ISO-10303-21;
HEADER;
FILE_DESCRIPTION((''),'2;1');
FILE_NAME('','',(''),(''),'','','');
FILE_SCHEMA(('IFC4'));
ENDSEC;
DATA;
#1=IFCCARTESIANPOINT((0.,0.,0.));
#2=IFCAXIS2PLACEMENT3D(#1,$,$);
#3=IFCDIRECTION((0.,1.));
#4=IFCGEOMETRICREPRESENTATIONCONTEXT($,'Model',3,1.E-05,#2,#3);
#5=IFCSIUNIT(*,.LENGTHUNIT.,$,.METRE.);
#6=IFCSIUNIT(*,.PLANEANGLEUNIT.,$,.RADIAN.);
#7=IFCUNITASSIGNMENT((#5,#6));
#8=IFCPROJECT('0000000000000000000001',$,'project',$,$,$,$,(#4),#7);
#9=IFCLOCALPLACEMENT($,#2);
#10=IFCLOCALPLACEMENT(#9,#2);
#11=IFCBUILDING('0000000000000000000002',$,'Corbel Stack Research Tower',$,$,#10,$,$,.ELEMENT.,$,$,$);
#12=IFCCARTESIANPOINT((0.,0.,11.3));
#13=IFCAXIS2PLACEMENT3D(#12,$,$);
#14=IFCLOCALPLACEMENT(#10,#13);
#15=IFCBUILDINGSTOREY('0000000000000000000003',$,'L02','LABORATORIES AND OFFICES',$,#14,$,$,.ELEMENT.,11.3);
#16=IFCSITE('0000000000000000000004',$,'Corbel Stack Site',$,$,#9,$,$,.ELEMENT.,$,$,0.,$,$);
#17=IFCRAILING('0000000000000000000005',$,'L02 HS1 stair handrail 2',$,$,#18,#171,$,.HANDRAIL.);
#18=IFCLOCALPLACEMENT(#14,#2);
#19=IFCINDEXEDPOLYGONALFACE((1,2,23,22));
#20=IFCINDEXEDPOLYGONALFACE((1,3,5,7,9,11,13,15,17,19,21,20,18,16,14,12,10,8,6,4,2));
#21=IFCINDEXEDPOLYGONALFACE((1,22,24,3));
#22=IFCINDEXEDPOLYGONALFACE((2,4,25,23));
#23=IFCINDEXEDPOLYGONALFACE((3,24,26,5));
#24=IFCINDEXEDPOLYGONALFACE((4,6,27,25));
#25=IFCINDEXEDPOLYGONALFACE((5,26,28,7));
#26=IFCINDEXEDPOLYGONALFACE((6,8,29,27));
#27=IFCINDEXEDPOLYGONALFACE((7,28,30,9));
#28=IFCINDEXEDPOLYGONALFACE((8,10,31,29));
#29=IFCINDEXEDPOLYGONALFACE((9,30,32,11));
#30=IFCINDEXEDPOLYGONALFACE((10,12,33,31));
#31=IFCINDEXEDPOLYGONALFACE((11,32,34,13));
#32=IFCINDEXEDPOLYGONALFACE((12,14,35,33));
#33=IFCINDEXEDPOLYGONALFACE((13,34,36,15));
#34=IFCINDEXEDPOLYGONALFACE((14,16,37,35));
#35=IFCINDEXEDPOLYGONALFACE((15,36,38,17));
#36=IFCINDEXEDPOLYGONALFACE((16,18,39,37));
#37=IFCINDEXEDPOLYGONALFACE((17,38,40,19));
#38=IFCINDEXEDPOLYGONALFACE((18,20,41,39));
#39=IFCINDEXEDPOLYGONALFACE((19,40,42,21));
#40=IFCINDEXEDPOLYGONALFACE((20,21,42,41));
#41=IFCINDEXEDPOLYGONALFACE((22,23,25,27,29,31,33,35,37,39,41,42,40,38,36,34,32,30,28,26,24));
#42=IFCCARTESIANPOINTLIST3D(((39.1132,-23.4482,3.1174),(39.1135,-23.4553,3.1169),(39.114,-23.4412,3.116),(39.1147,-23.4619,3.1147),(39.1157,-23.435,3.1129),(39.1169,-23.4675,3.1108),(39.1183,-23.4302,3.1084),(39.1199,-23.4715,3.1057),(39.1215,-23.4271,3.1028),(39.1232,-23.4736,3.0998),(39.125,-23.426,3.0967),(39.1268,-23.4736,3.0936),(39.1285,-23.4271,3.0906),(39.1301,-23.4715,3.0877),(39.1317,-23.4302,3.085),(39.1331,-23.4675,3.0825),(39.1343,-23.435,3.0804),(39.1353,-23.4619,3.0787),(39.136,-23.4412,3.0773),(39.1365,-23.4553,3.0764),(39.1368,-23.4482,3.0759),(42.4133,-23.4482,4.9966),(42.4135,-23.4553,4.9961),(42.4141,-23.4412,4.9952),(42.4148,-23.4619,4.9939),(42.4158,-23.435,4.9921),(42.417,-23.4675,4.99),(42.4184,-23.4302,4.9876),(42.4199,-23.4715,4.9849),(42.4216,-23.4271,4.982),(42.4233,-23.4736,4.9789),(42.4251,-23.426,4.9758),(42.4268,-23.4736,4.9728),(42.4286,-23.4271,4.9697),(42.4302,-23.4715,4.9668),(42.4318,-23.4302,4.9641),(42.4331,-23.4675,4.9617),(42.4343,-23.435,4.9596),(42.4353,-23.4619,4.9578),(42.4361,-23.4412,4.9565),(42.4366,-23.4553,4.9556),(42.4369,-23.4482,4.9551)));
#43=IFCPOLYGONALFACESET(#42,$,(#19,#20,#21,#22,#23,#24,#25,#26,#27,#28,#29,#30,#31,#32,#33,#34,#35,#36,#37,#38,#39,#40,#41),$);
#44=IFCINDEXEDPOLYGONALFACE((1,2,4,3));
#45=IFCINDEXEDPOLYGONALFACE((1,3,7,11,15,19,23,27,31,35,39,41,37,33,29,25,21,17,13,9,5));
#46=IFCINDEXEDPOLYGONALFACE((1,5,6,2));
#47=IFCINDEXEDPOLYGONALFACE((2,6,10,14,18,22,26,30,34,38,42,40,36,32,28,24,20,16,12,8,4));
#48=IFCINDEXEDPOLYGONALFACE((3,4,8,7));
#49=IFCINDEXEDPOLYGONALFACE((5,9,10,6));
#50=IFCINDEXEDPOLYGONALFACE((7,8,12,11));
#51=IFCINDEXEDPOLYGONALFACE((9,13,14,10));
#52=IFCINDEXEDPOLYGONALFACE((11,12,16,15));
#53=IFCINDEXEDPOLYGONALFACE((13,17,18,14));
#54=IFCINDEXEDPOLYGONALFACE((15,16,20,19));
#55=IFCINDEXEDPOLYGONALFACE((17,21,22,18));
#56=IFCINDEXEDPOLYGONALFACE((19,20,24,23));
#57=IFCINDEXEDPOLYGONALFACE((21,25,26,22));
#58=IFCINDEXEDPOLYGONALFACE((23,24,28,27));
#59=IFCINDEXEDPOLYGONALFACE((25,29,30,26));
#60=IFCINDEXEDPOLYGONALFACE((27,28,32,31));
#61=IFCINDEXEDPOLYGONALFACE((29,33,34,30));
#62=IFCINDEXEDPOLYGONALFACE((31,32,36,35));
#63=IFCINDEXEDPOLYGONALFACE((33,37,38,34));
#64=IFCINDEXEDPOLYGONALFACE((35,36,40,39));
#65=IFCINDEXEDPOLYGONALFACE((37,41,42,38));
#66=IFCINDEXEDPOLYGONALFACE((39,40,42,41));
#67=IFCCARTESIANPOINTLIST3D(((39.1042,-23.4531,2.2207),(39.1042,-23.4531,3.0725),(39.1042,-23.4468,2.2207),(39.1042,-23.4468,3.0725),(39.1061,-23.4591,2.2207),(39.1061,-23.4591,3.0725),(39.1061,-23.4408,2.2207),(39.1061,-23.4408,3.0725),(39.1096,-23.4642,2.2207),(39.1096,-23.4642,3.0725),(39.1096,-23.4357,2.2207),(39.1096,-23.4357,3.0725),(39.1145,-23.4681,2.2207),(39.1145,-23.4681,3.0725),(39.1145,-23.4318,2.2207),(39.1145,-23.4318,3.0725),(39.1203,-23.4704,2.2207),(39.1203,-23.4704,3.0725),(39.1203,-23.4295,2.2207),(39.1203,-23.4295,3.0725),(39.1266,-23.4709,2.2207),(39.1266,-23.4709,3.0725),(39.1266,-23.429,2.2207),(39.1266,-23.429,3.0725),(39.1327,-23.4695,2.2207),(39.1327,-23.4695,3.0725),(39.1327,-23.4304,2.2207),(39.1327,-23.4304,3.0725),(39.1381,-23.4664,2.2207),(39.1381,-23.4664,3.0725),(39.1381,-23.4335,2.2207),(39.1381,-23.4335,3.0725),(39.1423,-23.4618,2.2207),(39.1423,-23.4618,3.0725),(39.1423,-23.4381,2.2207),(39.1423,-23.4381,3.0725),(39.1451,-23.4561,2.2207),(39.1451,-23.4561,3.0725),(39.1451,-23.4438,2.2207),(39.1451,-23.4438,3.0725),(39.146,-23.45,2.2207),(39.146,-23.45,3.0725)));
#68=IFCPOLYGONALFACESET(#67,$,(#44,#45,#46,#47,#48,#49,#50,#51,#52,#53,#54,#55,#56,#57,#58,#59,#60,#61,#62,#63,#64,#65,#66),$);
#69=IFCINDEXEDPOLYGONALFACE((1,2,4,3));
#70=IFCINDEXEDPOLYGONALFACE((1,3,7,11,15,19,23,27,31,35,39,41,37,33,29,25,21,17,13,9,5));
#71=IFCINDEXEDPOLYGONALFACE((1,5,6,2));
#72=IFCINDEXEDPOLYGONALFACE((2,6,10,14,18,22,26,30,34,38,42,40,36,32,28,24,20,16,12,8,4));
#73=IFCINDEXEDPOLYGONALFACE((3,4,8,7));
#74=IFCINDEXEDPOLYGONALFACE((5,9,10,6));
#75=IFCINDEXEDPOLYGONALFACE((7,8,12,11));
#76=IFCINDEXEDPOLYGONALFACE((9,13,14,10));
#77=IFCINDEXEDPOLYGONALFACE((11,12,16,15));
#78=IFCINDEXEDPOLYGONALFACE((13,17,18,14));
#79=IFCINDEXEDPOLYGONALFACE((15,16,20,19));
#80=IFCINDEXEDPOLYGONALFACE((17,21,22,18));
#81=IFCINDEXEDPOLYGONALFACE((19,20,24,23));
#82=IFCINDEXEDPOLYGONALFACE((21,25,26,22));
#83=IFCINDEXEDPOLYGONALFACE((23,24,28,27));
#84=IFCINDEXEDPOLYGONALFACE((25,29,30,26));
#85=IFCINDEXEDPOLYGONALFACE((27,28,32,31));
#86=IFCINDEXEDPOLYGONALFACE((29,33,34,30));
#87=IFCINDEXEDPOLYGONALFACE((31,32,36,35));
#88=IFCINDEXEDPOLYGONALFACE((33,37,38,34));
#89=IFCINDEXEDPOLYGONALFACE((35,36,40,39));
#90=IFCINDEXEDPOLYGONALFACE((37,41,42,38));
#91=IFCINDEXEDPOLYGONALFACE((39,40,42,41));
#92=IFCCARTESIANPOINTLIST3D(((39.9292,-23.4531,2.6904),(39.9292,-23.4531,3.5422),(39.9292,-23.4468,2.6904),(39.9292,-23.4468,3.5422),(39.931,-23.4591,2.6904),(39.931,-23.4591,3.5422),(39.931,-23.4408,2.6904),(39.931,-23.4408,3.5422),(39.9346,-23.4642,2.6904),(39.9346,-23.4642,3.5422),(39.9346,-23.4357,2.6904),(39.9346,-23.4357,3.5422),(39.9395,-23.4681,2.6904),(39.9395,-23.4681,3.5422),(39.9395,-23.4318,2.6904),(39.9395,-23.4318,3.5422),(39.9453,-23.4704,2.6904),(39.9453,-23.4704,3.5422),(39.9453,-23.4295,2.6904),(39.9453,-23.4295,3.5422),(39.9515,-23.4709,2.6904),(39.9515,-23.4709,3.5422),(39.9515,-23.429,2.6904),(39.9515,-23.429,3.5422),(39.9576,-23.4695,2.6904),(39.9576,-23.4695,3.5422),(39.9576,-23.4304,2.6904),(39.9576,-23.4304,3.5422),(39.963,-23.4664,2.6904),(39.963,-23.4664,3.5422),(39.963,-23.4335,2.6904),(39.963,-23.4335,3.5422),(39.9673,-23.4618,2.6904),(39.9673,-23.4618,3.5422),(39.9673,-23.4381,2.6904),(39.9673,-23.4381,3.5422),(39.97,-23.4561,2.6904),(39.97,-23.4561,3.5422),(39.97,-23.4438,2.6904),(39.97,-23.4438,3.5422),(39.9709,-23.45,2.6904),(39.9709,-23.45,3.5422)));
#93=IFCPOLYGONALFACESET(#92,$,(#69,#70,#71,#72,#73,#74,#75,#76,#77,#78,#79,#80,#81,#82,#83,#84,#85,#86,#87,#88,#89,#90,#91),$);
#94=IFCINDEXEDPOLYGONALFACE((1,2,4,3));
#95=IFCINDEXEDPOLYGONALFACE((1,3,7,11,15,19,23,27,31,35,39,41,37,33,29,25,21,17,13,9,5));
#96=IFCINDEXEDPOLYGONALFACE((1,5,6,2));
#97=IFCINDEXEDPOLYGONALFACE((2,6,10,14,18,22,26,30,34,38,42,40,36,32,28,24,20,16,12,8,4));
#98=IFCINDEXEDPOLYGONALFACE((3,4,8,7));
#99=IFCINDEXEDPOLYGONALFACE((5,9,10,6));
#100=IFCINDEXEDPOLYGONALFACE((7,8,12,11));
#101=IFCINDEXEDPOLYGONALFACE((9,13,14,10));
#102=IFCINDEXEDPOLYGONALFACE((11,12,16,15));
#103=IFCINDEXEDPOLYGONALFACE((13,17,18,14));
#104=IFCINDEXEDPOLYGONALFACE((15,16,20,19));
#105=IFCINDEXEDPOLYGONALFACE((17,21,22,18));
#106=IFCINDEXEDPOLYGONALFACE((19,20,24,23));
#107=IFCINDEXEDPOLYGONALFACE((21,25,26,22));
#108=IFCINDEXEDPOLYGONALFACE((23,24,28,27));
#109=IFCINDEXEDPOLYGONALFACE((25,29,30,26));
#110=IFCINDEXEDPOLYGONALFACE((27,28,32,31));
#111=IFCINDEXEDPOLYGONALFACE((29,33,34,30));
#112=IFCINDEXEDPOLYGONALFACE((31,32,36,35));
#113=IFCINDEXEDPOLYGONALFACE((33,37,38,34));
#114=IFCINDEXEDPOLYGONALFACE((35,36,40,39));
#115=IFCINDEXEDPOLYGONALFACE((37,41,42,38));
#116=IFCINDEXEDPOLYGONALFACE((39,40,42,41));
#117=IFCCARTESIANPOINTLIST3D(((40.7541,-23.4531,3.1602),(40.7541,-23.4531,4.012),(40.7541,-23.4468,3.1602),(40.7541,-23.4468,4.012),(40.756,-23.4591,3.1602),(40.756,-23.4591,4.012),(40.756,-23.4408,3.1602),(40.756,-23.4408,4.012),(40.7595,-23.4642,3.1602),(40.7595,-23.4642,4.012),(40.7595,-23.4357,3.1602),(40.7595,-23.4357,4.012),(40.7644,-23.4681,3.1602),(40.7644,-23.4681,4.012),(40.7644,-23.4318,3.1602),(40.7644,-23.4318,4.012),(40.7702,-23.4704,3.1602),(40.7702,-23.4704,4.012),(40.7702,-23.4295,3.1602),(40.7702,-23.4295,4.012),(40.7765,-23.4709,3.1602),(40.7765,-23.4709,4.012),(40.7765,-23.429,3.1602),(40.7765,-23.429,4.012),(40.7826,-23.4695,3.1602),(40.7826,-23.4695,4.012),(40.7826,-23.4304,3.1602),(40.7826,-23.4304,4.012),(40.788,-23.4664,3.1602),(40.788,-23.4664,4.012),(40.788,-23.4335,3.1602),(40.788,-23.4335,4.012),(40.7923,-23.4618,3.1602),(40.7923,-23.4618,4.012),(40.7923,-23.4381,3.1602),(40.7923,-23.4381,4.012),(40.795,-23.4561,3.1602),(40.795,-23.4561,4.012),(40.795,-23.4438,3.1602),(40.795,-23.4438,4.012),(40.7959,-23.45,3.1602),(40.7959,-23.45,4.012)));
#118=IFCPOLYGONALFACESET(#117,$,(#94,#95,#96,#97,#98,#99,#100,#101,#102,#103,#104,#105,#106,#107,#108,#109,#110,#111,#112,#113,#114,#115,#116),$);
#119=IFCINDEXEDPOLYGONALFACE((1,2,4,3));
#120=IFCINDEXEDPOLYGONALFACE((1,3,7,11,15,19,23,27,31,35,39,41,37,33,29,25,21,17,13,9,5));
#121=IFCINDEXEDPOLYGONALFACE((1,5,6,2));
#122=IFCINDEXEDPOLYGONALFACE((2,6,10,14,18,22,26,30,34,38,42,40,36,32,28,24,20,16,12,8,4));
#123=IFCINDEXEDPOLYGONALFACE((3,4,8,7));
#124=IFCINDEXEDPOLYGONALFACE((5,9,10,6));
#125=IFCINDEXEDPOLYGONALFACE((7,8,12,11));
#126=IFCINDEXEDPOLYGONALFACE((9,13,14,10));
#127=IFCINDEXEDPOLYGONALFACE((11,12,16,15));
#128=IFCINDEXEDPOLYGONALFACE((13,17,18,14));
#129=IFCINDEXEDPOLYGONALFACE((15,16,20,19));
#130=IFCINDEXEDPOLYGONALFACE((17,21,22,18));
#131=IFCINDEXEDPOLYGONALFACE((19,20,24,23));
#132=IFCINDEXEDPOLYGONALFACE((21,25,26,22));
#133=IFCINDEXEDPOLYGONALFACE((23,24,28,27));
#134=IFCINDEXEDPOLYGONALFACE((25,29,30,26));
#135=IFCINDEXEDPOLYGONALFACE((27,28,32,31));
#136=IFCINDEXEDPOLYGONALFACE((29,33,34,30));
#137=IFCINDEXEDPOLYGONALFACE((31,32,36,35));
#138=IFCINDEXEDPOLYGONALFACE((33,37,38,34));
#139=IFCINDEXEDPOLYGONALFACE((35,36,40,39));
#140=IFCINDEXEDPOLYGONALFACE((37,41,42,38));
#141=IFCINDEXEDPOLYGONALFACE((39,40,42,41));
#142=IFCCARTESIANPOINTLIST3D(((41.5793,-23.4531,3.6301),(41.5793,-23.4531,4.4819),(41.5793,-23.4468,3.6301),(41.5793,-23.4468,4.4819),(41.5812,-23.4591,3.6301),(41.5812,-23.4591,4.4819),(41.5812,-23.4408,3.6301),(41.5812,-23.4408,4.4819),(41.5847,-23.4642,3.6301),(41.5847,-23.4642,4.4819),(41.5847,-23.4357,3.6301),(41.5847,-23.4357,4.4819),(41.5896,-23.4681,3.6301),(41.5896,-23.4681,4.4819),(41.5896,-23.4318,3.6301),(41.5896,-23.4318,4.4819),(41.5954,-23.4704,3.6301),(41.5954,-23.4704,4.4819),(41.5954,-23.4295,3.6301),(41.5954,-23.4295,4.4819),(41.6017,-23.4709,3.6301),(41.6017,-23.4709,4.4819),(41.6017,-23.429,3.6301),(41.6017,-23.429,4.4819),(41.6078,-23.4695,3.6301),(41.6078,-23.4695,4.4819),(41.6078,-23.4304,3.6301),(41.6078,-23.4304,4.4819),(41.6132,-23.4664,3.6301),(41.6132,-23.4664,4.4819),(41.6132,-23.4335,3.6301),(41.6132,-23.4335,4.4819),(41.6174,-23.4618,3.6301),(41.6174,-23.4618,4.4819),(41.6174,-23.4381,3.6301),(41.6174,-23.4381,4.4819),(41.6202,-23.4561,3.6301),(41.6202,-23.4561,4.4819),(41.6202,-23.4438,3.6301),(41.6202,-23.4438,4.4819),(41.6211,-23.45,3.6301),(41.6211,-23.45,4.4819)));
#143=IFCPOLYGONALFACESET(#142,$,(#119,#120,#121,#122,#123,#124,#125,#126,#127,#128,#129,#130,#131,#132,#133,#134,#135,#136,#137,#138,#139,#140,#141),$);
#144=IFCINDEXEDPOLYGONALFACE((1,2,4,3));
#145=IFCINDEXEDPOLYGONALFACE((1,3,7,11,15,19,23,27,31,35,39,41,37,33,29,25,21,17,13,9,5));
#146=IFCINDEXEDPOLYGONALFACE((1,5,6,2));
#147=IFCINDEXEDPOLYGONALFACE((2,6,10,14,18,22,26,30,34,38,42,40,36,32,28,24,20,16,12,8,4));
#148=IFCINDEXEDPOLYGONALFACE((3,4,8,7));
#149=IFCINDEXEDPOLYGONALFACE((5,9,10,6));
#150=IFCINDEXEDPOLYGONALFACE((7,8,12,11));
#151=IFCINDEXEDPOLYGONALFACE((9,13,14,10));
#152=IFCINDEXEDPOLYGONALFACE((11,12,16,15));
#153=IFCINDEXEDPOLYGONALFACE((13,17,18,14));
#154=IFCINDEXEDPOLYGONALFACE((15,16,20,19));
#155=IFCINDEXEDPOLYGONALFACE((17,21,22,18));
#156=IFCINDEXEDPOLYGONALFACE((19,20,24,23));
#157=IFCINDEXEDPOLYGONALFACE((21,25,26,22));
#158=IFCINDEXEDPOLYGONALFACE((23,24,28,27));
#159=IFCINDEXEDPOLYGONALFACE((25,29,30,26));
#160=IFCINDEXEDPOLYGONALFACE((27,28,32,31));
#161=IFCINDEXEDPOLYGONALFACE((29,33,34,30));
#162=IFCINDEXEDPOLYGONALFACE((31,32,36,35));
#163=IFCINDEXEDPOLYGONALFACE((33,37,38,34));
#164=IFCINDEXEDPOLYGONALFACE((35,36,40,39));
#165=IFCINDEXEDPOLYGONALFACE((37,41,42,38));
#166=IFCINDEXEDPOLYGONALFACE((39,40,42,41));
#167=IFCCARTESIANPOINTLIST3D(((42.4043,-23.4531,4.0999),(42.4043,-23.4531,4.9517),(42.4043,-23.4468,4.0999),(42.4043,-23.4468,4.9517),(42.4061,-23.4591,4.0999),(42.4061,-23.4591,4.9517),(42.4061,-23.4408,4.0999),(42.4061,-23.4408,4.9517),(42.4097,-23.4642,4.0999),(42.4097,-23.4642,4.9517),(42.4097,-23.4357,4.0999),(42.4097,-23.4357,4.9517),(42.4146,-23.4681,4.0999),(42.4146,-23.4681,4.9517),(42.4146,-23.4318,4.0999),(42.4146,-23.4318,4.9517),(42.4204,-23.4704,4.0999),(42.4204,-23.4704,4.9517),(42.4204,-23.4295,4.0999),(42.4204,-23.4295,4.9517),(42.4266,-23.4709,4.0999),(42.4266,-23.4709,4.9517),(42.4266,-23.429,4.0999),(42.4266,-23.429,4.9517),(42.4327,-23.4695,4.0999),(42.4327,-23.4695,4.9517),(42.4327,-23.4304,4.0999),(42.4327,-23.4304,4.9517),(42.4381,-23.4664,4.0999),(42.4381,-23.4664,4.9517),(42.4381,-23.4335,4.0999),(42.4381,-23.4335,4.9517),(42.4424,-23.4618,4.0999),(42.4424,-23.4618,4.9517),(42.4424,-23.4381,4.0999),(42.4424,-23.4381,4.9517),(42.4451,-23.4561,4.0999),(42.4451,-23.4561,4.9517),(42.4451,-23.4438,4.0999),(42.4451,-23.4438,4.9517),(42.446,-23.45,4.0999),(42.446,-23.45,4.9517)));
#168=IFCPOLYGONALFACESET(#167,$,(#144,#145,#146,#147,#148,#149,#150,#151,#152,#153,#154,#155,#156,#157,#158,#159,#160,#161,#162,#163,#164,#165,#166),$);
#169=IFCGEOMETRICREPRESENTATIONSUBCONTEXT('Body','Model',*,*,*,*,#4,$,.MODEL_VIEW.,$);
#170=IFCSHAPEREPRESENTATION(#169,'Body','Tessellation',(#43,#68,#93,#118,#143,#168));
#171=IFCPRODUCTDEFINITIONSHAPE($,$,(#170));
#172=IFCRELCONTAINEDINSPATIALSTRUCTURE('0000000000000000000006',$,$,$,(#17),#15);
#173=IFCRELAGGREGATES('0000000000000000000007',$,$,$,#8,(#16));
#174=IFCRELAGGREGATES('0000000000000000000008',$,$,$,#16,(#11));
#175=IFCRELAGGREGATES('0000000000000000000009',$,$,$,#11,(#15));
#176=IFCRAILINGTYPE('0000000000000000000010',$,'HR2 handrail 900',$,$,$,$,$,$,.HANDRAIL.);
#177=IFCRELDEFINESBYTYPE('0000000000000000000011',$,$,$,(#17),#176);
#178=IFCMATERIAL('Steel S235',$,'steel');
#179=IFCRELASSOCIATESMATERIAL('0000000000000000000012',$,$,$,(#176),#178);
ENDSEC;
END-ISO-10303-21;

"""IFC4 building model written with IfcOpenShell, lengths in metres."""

from ifc_helpers import new_model, si_unit, direction, frame, origin, origin_2d, place, context, subcontext, project, spatial, circle, extrude, material, type_object, element, save


model = new_model("IFC4")

# Units and contexts
model_context = context("Model", 3, precision=1e-05, world=origin(), true_north=direction((0.0, 1.0)))
body_context = subcontext(model_context, "Body", "Model", "MODEL_VIEW")
ifc_project = project(units=[si_unit("LENGTHUNIT", "METRE"), si_unit("PLANEANGLEUNIT", "RADIAN")], contexts=[model_context])

# Site, building, storey
site_placement = place(None, origin())
site = spatial("IfcSite", under=ifc_project, at=site_placement, Name="Corbel Stack Site", CompositionType="ELEMENT", RefElevation=0.0)
building_placement = place(site_placement, origin())
building = spatial("IfcBuilding", under=site, at=building_placement, Name="Corbel Stack Research Tower", CompositionType="ELEMENT")
storey_placement = place(building_placement, frame((0.0, 0.0, 11.3)))
storey = spatial("IfcBuildingStorey", under=building, at=storey_placement, Name="L02", Description="LABORATORIES AND OFFICES", CompositionType="ELEMENT", Elevation=11.3)

# Railing
ifc_material_1 = material(Name="Steel S235", Category="steel")
railing_type_1 = type_object("IfcRailingType", Name="HR2 handrail 900", PredefinedType="HANDRAIL", material=ifc_material_1)
railing_1_placement = place(storey_placement, frame((39.125, -23.45, 2.2207)))
element("IfcRailing", 1, at=railing_1_placement, inside=storey, type_object=railing_type_1, Name="L02 HS1 stair handrail 2", PredefinedType="HANDRAIL", context=body_context, shape_type="SweptSolid", body=[
    extrude(circle(Radius=0.0239, at=origin_2d()), frame((0.0, 0.0, 0.876), z_axis=(0.86899, 0.0, 0.49483), x_axis=(0.0, 1.0, 0.0)), (0.0, 0.0, 1.0), 3.7976),
    extrude(circle(Radius=0.021, at=origin_2d()), origin(), (0.0, 0.0, 1.0), 0.8518),
    extrude(circle(Radius=0.021, at=origin_2d()), frame((0.825, 0.0, 0.4697)), (0.0, 0.0, 1.0), 0.8518),
    extrude(circle(Radius=0.021, at=origin_2d()), frame((1.6499, 0.0, 0.9395)), (0.0, 0.0, 1.0), 0.8518),
    extrude(circle(Radius=0.021, at=origin_2d()), frame((2.4751, 0.0, 1.4094)), (0.0, 0.0, 1.0), 0.8518),
    extrude(circle(Radius=0.021, at=origin_2d()), frame((3.3, 0.0, 1.8792)), (0.0, 0.0, 1.0), 0.8518),
])

save(model, "model.ifc")
